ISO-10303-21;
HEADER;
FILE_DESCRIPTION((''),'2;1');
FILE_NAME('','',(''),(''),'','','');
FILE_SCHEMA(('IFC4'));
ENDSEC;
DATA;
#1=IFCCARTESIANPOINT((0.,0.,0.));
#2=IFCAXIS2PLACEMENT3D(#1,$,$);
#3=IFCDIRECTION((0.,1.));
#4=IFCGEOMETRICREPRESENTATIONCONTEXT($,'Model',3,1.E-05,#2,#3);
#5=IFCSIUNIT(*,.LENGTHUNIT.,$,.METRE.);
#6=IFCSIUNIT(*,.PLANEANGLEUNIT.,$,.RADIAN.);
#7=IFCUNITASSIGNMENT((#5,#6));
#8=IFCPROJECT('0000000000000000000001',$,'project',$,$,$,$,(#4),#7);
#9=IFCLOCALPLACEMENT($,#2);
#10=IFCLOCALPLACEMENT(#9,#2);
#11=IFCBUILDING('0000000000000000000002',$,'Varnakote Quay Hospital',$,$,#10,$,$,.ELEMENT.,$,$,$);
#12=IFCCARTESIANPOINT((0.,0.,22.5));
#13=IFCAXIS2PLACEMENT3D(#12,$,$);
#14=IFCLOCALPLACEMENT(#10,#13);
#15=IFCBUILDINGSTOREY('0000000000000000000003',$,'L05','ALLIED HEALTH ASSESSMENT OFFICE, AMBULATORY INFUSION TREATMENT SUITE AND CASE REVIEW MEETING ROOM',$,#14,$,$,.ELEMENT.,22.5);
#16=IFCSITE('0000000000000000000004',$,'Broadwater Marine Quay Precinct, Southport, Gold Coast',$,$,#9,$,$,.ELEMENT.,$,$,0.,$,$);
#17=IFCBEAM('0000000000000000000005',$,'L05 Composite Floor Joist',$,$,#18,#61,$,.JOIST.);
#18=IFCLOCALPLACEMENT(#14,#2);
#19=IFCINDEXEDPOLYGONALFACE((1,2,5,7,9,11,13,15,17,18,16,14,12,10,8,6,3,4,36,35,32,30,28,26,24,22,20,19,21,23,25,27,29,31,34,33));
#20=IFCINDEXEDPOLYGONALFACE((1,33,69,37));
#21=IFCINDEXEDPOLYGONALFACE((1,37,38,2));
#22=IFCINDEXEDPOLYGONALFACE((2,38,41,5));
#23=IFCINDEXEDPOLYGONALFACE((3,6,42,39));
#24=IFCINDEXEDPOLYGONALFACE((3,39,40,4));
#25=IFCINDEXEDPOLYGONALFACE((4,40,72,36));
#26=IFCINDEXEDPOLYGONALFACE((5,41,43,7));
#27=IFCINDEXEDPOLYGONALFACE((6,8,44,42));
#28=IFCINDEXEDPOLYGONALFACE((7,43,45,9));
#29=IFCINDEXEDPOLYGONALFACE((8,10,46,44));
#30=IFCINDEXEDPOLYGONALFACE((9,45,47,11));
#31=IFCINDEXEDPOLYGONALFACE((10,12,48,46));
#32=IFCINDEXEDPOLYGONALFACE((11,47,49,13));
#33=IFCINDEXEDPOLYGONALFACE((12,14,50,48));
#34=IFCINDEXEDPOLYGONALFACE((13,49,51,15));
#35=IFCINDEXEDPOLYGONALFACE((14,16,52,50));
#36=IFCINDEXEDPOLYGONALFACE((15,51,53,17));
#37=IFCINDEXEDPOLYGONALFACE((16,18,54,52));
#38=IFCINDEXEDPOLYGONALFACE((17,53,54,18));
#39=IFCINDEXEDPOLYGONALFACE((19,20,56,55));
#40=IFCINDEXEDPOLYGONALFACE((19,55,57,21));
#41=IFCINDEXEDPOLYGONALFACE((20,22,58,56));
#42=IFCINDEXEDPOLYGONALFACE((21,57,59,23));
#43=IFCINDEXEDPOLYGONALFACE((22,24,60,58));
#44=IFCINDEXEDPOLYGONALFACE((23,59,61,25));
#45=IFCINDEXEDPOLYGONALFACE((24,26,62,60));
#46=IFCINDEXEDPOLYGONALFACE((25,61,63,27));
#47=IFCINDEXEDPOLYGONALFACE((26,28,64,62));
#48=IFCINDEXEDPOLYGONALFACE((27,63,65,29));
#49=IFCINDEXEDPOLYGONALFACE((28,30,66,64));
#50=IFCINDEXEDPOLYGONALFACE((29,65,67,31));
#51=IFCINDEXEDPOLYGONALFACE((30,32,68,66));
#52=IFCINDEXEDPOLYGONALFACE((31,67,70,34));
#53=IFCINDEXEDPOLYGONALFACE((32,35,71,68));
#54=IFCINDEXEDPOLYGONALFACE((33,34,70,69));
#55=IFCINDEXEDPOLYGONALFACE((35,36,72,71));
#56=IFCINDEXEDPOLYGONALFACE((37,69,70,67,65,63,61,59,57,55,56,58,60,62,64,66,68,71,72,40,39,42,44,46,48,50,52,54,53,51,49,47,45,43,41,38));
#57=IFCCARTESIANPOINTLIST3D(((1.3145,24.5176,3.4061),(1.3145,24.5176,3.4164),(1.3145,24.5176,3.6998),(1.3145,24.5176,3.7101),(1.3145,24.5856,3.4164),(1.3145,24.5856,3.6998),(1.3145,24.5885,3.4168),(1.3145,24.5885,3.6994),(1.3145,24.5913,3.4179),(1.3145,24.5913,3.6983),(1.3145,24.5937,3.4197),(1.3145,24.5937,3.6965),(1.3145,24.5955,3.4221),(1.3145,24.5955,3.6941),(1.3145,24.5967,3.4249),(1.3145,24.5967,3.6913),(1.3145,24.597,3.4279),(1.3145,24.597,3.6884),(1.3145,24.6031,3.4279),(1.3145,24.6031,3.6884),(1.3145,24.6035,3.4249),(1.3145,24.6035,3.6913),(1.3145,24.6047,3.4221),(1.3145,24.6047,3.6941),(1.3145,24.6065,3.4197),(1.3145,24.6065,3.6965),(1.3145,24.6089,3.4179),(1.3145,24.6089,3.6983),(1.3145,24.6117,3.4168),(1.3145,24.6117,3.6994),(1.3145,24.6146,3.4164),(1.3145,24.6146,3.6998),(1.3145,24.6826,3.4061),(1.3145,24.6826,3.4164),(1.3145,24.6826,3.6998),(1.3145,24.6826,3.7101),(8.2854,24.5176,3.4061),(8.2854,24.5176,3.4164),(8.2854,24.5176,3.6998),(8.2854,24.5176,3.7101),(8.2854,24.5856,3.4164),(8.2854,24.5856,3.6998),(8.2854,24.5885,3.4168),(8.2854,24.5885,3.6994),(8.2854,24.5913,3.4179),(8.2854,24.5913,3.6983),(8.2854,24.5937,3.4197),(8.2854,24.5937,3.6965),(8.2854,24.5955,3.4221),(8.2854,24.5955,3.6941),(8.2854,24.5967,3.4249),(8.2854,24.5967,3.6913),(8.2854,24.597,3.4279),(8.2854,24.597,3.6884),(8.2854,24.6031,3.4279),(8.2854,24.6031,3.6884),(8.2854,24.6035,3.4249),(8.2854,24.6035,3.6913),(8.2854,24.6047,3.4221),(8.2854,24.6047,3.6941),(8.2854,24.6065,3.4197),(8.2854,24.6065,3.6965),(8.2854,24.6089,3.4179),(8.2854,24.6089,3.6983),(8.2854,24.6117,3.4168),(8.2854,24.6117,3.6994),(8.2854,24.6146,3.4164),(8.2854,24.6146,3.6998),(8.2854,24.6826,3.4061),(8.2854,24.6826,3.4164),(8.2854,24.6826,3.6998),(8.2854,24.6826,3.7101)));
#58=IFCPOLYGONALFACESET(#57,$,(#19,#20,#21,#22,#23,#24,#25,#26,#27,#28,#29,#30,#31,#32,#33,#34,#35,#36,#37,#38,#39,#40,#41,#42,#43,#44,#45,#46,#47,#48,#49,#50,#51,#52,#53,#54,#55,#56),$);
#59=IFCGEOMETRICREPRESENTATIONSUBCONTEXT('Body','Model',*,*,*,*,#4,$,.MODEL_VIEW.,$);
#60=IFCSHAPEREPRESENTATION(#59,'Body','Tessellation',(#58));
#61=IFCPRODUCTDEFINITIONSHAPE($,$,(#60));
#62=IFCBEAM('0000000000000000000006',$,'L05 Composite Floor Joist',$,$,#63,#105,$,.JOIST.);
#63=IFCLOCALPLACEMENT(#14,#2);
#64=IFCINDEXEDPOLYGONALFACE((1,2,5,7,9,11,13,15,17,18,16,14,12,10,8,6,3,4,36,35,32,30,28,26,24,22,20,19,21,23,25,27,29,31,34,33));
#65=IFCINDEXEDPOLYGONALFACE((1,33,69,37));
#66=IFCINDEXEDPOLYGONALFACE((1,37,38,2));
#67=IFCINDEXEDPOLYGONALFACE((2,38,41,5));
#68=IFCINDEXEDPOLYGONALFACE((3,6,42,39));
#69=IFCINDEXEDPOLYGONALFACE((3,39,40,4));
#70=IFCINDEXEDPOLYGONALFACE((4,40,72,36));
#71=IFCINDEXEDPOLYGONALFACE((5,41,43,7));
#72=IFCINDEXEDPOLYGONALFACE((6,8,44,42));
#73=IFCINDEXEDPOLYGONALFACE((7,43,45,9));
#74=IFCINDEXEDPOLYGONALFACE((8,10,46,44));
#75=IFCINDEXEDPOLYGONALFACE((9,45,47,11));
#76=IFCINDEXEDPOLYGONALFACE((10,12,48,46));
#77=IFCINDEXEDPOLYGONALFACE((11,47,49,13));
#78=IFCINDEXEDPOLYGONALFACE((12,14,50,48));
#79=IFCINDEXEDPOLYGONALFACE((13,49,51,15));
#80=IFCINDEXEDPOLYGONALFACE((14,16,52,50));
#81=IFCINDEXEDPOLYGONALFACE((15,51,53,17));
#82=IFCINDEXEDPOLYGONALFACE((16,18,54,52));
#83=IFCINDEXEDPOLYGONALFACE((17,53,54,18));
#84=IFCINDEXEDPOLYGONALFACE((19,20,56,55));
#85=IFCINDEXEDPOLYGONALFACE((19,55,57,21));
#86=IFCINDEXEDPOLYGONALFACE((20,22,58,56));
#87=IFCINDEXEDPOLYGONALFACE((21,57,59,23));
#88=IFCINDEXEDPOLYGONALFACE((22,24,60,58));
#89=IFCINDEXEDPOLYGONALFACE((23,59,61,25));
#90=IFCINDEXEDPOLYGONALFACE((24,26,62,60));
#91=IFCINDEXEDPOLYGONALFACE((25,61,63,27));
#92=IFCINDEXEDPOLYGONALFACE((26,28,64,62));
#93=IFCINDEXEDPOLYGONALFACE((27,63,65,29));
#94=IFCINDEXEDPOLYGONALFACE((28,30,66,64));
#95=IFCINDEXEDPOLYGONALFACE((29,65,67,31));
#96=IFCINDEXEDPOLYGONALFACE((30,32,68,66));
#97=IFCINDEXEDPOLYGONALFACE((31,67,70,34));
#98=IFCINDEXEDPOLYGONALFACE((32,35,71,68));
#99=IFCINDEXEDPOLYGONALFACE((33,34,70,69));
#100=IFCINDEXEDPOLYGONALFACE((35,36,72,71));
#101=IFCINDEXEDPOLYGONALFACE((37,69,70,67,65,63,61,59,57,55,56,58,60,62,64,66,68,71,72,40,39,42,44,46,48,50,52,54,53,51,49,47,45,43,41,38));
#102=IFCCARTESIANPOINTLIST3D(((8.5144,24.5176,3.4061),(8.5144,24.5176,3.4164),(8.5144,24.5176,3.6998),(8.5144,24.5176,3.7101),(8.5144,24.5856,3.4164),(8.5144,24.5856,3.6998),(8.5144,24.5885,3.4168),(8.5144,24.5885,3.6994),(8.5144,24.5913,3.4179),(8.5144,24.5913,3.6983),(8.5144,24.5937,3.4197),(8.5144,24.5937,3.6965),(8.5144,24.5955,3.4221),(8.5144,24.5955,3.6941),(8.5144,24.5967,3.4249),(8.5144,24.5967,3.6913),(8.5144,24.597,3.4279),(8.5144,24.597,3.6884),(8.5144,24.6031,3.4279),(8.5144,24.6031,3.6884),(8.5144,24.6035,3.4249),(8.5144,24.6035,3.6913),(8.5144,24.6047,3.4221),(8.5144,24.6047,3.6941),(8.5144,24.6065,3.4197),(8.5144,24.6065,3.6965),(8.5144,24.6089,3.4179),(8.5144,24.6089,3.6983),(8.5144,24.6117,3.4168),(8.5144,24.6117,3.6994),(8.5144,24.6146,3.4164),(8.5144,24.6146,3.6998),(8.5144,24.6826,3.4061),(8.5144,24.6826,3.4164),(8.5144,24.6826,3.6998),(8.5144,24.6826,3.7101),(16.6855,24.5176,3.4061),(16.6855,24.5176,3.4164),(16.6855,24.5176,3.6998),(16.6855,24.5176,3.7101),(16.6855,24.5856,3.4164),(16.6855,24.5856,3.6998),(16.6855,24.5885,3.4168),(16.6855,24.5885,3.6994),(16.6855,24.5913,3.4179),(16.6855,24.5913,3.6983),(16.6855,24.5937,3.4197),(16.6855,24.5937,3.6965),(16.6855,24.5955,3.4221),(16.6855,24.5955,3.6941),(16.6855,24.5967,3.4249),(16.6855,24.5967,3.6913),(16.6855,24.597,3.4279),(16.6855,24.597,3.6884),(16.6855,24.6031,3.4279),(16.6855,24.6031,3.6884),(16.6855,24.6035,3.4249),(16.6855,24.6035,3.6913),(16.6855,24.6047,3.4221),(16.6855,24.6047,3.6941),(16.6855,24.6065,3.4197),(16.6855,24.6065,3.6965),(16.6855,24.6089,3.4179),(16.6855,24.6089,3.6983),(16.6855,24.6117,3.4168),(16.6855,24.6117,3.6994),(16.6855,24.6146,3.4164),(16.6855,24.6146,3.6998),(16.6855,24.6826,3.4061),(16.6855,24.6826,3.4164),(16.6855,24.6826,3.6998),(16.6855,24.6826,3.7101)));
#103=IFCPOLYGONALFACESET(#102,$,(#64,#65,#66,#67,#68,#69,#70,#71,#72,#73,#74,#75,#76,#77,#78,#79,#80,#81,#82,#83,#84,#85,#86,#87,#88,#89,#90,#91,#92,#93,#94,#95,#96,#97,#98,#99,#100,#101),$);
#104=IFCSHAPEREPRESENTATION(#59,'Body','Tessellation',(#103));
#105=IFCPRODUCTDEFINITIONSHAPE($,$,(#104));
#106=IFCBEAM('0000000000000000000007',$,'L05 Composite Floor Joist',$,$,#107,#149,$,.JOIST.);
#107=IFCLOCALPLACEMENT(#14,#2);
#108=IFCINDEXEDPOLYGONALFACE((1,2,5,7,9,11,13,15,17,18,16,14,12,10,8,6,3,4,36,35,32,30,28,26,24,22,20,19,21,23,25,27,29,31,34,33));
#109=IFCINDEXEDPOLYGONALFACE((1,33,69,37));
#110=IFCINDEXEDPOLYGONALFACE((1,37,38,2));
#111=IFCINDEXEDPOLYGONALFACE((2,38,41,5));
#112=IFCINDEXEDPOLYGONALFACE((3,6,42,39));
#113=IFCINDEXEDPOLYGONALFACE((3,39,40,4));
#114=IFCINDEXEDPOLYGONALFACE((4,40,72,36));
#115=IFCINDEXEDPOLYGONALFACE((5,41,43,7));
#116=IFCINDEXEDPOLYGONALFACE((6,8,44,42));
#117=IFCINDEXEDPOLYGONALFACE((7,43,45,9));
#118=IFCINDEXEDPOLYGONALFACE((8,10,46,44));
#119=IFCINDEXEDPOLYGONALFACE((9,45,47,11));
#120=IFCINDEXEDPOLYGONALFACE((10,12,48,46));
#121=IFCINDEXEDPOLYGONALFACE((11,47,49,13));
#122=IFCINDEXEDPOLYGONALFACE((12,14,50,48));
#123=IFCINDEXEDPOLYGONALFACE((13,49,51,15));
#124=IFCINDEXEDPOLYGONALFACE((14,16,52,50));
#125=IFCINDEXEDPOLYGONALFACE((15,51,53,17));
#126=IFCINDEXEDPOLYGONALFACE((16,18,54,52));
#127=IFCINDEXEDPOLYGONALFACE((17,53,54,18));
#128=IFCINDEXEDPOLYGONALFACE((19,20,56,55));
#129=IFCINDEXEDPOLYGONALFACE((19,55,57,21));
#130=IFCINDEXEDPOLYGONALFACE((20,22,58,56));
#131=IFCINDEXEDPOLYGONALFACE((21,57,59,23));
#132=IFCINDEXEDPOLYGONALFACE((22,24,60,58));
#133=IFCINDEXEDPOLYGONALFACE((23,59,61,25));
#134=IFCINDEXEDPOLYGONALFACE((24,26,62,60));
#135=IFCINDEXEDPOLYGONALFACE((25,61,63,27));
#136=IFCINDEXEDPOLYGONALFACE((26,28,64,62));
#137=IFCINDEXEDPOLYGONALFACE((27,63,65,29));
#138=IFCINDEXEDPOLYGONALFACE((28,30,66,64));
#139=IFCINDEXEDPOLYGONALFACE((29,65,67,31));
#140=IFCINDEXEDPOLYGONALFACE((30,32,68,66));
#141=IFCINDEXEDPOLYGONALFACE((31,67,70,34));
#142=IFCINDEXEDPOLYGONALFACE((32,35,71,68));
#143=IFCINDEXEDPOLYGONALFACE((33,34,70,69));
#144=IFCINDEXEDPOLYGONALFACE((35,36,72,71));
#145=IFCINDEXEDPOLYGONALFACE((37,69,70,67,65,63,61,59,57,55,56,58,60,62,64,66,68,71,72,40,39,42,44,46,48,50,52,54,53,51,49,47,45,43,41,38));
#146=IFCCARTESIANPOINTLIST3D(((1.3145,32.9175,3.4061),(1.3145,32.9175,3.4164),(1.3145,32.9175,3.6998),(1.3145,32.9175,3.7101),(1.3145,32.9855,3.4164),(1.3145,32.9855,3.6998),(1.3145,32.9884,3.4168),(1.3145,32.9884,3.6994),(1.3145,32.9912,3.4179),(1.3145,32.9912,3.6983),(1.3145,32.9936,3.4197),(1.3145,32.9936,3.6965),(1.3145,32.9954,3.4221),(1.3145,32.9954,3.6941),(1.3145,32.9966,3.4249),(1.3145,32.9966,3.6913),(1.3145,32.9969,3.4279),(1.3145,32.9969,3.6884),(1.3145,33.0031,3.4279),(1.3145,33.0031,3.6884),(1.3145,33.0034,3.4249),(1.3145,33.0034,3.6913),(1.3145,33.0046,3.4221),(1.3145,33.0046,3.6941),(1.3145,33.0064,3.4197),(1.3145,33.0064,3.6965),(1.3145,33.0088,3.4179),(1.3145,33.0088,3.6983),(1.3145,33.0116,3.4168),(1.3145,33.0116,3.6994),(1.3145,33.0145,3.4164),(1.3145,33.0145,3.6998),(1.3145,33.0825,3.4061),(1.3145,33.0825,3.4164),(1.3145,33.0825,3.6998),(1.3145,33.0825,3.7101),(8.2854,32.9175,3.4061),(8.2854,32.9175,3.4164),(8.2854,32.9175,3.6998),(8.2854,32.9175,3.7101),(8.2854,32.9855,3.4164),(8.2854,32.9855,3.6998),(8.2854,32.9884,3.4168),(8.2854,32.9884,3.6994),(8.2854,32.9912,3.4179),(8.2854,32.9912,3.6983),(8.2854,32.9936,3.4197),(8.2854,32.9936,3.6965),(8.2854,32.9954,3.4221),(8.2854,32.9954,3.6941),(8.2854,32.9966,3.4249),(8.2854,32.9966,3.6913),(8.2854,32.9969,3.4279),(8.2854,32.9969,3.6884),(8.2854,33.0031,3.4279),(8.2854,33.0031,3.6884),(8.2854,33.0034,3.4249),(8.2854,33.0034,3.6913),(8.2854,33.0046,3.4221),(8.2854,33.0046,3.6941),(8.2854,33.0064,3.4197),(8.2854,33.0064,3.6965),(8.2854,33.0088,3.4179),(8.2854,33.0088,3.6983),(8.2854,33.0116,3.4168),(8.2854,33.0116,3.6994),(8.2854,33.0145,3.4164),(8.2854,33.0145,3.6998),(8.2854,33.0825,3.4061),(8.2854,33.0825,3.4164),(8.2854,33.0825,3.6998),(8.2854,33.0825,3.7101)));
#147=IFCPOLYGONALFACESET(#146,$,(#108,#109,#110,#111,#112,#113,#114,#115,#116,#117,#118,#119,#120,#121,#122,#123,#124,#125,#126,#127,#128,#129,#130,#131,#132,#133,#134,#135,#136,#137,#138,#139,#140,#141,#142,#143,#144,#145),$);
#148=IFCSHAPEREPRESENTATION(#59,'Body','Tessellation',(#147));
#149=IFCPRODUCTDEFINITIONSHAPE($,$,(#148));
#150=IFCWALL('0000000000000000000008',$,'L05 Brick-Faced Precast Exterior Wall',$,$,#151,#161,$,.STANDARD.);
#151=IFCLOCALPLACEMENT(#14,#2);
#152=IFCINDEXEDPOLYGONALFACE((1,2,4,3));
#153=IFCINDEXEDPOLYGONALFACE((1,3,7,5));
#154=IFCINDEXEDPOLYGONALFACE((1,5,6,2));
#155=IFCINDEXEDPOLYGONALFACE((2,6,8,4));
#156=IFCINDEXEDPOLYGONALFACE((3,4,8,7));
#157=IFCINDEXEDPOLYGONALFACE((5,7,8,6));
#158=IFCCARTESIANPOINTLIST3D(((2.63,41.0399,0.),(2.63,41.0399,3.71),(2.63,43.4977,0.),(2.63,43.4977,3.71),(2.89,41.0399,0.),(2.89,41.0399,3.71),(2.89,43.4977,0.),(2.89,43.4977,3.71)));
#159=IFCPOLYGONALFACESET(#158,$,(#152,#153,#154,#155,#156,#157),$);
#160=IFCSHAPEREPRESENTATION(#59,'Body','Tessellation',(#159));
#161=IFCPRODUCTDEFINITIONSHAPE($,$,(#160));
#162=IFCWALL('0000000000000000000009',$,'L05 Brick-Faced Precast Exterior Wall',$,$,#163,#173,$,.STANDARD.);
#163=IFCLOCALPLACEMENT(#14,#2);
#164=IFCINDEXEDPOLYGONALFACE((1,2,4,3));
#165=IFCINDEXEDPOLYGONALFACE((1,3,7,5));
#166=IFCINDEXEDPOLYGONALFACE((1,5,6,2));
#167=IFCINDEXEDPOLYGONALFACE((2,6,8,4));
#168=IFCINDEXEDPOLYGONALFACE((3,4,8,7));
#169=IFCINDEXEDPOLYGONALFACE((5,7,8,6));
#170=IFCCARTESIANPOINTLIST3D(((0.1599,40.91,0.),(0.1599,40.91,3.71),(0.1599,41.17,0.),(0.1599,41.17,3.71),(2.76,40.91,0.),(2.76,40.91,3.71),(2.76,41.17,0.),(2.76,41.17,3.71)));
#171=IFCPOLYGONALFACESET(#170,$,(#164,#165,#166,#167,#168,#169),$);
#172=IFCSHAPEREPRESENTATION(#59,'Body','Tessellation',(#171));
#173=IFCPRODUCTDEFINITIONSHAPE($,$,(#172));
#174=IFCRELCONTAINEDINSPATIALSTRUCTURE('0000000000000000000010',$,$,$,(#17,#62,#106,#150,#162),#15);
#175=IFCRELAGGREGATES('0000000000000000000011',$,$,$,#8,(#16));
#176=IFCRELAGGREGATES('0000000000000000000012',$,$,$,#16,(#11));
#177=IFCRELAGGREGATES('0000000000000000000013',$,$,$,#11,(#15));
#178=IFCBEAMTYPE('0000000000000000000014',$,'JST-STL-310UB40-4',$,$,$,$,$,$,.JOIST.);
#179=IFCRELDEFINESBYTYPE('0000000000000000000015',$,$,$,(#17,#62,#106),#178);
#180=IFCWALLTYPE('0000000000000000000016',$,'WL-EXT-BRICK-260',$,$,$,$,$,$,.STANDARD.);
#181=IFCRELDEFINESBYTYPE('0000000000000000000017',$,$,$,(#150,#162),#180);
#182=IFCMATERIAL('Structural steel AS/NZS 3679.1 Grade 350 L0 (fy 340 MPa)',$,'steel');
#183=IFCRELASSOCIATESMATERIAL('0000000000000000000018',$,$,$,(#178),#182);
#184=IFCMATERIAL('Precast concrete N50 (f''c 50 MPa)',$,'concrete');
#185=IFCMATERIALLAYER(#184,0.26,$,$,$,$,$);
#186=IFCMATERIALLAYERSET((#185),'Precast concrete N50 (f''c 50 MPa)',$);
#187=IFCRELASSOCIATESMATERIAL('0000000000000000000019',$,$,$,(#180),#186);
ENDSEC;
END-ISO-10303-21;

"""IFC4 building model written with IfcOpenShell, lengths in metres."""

from ifc_helpers import new_model, si_unit, direction, frame, frame_2d, origin, origin_2d, place, context, subcontext, project, spatial, rectangle, i_section, extrude, material, layer, layer_set, material_profile, profile_set, type_object, element, save


model = new_model("IFC4")

# Units and contexts
model_context = context("Model", 3, precision=1e-05, world=origin(), true_north=direction((0.0, 1.0)))
body_context = subcontext(model_context, "Body", "Model", "MODEL_VIEW")
ifc_project = project(units=[si_unit("LENGTHUNIT", "METRE"), si_unit("PLANEANGLEUNIT", "RADIAN")], contexts=[model_context])

# Site, building, storey
site_placement = place(None, origin())
site = spatial("IfcSite", under=ifc_project, at=site_placement, Name="Broadwater Marine Quay Precinct, Southport, Gold Coast", CompositionType="ELEMENT", RefElevation=0.0)
building_placement = place(site_placement, origin())
building = spatial("IfcBuilding", under=site, at=building_placement, Name="Varnakote Quay Hospital", CompositionType="ELEMENT")
storey_placement = place(building_placement, frame((0.0, 0.0, 22.5)))
storey = spatial("IfcBuildingStorey", under=building, at=storey_placement, Name="L05", Description="ALLIED HEALTH ASSESSMENT OFFICE, AMBULATORY INFUSION TREATMENT SUITE AND CASE REVIEW MEETING ROOM", CompositionType="ELEMENT", Elevation=22.5)

# Beams
ifc_material_1 = material(Name="Structural steel AS/NZS 3679.1 Grade 350 L0 (fy 340 MPa)", Category="steel")
ifc_material_profile_1 = material_profile(ifc_material_1, i_section(OverallWidth=0.165, OverallDepth=0.304, WebThickness=0.0061, FlangeThickness=0.0103, FilletRadius=0.0115, at=origin_2d()), Name="310UB40.4")
ifc_profile_set_1 = profile_set([ifc_material_profile_1], Name="Structural steel AS/NZS 3679.1 Grade 350 L0 (fy 340 MPa)")
beam_type_1 = type_object("IfcBeamType", Name="JST-STL-310UB40-4", PredefinedType="JOIST", material=ifc_profile_set_1)
beam_1_placement = place(storey_placement, frame((1.3145, 24.6001, 3.5581), z_axis=(1.0, 0.0, 0.0), x_axis=(0.0, 1.0, 0.0)))
element("IfcBeam", 1, at=beam_1_placement, inside=storey, type_object=beam_type_1, Name="L05 Composite Floor Joist", PredefinedType="JOIST", context=body_context, shape_type="SweptSolid", body=[
    extrude(i_section(OverallWidth=0.165, OverallDepth=0.304, WebThickness=0.0061, FlangeThickness=0.0103, FilletRadius=0.0115, at=origin_2d()), origin(), (0.0, 0.0, 1.0), 6.9709),
])
beam_2_placement = place(storey_placement, frame((8.5144, 24.6001, 3.5581), z_axis=(1.0, 0.0, 0.0), x_axis=(0.0, 1.0, 0.0)))
element("IfcBeam", 2, at=beam_2_placement, inside=storey, type_object=beam_type_1, Name="L05 Composite Floor Joist", PredefinedType="JOIST", context=body_context, shape_type="SweptSolid", body=[
    extrude(i_section(OverallWidth=0.165, OverallDepth=0.304, WebThickness=0.0061, FlangeThickness=0.0103, FilletRadius=0.0115, at=origin_2d()), origin(), (0.0, 0.0, 1.0), 8.1711),
])
beam_3_placement = place(storey_placement, frame((1.3145, 33.0, 3.5581), z_axis=(1.0, 0.0, 0.0), x_axis=(0.0, 1.0, 0.0)))
element("IfcBeam", 3, at=beam_3_placement, inside=storey, type_object=beam_type_1, Name="L05 Composite Floor Joist", PredefinedType="JOIST", context=body_context, shape_type="SweptSolid", body=[
    extrude(i_section(OverallWidth=0.165, OverallDepth=0.304, WebThickness=0.0061, FlangeThickness=0.0103, FilletRadius=0.0115, at=origin_2d()), origin(), (0.0, 0.0, 1.0), 6.9709),
])

# Walls
ifc_material_2 = material(Name="Precast concrete N50 (f'c 50 MPa)", Category="concrete")
ifc_layer_1 = layer(ifc_material_2, 0.26)
ifc_layer_set_1 = layer_set([ifc_layer_1], Name="Precast concrete N50 (f'c 50 MPa)")
wall_type_1 = type_object("IfcWallType", Name="WL-EXT-BRICK-260", PredefinedType="STANDARD", material=ifc_layer_set_1)
wall_1_placement = place(storey_placement, frame((2.76, 43.4978, 0.0), z_axis=(0.0, 0.0, 1.0), x_axis=(0.0, -1.0, 0.0)))
element("IfcWall", 4, at=wall_1_placement, inside=storey, type_object=wall_type_1, Name="L05 Brick-Faced Precast Exterior Wall", PredefinedType="STANDARD", context=body_context, shape_type="SweptSolid", body=[
    extrude(rectangle(XDim=2.4578, YDim=0.26, at=frame_2d((1.229, 0.0))), origin(), (0.0, 0.0, 1.0), 3.71),
])
wall_2_placement = place(storey_placement, frame((2.76, 41.04, 0.0), z_axis=(0.0, 0.0, 1.0), x_axis=(-1.0, 0.0, 0.0)))
element("IfcWall", 5, at=wall_2_placement, inside=storey, type_object=wall_type_1, Name="L05 Brick-Faced Precast Exterior Wall", PredefinedType="STANDARD", context=body_context, shape_type="SweptSolid", body=[
    extrude(rectangle(XDim=2.6001, YDim=0.26, at=frame_2d((1.3, 0.0))), origin(), (0.0, 0.0, 1.0), 3.71),
])

save(model, "model.ifc")
